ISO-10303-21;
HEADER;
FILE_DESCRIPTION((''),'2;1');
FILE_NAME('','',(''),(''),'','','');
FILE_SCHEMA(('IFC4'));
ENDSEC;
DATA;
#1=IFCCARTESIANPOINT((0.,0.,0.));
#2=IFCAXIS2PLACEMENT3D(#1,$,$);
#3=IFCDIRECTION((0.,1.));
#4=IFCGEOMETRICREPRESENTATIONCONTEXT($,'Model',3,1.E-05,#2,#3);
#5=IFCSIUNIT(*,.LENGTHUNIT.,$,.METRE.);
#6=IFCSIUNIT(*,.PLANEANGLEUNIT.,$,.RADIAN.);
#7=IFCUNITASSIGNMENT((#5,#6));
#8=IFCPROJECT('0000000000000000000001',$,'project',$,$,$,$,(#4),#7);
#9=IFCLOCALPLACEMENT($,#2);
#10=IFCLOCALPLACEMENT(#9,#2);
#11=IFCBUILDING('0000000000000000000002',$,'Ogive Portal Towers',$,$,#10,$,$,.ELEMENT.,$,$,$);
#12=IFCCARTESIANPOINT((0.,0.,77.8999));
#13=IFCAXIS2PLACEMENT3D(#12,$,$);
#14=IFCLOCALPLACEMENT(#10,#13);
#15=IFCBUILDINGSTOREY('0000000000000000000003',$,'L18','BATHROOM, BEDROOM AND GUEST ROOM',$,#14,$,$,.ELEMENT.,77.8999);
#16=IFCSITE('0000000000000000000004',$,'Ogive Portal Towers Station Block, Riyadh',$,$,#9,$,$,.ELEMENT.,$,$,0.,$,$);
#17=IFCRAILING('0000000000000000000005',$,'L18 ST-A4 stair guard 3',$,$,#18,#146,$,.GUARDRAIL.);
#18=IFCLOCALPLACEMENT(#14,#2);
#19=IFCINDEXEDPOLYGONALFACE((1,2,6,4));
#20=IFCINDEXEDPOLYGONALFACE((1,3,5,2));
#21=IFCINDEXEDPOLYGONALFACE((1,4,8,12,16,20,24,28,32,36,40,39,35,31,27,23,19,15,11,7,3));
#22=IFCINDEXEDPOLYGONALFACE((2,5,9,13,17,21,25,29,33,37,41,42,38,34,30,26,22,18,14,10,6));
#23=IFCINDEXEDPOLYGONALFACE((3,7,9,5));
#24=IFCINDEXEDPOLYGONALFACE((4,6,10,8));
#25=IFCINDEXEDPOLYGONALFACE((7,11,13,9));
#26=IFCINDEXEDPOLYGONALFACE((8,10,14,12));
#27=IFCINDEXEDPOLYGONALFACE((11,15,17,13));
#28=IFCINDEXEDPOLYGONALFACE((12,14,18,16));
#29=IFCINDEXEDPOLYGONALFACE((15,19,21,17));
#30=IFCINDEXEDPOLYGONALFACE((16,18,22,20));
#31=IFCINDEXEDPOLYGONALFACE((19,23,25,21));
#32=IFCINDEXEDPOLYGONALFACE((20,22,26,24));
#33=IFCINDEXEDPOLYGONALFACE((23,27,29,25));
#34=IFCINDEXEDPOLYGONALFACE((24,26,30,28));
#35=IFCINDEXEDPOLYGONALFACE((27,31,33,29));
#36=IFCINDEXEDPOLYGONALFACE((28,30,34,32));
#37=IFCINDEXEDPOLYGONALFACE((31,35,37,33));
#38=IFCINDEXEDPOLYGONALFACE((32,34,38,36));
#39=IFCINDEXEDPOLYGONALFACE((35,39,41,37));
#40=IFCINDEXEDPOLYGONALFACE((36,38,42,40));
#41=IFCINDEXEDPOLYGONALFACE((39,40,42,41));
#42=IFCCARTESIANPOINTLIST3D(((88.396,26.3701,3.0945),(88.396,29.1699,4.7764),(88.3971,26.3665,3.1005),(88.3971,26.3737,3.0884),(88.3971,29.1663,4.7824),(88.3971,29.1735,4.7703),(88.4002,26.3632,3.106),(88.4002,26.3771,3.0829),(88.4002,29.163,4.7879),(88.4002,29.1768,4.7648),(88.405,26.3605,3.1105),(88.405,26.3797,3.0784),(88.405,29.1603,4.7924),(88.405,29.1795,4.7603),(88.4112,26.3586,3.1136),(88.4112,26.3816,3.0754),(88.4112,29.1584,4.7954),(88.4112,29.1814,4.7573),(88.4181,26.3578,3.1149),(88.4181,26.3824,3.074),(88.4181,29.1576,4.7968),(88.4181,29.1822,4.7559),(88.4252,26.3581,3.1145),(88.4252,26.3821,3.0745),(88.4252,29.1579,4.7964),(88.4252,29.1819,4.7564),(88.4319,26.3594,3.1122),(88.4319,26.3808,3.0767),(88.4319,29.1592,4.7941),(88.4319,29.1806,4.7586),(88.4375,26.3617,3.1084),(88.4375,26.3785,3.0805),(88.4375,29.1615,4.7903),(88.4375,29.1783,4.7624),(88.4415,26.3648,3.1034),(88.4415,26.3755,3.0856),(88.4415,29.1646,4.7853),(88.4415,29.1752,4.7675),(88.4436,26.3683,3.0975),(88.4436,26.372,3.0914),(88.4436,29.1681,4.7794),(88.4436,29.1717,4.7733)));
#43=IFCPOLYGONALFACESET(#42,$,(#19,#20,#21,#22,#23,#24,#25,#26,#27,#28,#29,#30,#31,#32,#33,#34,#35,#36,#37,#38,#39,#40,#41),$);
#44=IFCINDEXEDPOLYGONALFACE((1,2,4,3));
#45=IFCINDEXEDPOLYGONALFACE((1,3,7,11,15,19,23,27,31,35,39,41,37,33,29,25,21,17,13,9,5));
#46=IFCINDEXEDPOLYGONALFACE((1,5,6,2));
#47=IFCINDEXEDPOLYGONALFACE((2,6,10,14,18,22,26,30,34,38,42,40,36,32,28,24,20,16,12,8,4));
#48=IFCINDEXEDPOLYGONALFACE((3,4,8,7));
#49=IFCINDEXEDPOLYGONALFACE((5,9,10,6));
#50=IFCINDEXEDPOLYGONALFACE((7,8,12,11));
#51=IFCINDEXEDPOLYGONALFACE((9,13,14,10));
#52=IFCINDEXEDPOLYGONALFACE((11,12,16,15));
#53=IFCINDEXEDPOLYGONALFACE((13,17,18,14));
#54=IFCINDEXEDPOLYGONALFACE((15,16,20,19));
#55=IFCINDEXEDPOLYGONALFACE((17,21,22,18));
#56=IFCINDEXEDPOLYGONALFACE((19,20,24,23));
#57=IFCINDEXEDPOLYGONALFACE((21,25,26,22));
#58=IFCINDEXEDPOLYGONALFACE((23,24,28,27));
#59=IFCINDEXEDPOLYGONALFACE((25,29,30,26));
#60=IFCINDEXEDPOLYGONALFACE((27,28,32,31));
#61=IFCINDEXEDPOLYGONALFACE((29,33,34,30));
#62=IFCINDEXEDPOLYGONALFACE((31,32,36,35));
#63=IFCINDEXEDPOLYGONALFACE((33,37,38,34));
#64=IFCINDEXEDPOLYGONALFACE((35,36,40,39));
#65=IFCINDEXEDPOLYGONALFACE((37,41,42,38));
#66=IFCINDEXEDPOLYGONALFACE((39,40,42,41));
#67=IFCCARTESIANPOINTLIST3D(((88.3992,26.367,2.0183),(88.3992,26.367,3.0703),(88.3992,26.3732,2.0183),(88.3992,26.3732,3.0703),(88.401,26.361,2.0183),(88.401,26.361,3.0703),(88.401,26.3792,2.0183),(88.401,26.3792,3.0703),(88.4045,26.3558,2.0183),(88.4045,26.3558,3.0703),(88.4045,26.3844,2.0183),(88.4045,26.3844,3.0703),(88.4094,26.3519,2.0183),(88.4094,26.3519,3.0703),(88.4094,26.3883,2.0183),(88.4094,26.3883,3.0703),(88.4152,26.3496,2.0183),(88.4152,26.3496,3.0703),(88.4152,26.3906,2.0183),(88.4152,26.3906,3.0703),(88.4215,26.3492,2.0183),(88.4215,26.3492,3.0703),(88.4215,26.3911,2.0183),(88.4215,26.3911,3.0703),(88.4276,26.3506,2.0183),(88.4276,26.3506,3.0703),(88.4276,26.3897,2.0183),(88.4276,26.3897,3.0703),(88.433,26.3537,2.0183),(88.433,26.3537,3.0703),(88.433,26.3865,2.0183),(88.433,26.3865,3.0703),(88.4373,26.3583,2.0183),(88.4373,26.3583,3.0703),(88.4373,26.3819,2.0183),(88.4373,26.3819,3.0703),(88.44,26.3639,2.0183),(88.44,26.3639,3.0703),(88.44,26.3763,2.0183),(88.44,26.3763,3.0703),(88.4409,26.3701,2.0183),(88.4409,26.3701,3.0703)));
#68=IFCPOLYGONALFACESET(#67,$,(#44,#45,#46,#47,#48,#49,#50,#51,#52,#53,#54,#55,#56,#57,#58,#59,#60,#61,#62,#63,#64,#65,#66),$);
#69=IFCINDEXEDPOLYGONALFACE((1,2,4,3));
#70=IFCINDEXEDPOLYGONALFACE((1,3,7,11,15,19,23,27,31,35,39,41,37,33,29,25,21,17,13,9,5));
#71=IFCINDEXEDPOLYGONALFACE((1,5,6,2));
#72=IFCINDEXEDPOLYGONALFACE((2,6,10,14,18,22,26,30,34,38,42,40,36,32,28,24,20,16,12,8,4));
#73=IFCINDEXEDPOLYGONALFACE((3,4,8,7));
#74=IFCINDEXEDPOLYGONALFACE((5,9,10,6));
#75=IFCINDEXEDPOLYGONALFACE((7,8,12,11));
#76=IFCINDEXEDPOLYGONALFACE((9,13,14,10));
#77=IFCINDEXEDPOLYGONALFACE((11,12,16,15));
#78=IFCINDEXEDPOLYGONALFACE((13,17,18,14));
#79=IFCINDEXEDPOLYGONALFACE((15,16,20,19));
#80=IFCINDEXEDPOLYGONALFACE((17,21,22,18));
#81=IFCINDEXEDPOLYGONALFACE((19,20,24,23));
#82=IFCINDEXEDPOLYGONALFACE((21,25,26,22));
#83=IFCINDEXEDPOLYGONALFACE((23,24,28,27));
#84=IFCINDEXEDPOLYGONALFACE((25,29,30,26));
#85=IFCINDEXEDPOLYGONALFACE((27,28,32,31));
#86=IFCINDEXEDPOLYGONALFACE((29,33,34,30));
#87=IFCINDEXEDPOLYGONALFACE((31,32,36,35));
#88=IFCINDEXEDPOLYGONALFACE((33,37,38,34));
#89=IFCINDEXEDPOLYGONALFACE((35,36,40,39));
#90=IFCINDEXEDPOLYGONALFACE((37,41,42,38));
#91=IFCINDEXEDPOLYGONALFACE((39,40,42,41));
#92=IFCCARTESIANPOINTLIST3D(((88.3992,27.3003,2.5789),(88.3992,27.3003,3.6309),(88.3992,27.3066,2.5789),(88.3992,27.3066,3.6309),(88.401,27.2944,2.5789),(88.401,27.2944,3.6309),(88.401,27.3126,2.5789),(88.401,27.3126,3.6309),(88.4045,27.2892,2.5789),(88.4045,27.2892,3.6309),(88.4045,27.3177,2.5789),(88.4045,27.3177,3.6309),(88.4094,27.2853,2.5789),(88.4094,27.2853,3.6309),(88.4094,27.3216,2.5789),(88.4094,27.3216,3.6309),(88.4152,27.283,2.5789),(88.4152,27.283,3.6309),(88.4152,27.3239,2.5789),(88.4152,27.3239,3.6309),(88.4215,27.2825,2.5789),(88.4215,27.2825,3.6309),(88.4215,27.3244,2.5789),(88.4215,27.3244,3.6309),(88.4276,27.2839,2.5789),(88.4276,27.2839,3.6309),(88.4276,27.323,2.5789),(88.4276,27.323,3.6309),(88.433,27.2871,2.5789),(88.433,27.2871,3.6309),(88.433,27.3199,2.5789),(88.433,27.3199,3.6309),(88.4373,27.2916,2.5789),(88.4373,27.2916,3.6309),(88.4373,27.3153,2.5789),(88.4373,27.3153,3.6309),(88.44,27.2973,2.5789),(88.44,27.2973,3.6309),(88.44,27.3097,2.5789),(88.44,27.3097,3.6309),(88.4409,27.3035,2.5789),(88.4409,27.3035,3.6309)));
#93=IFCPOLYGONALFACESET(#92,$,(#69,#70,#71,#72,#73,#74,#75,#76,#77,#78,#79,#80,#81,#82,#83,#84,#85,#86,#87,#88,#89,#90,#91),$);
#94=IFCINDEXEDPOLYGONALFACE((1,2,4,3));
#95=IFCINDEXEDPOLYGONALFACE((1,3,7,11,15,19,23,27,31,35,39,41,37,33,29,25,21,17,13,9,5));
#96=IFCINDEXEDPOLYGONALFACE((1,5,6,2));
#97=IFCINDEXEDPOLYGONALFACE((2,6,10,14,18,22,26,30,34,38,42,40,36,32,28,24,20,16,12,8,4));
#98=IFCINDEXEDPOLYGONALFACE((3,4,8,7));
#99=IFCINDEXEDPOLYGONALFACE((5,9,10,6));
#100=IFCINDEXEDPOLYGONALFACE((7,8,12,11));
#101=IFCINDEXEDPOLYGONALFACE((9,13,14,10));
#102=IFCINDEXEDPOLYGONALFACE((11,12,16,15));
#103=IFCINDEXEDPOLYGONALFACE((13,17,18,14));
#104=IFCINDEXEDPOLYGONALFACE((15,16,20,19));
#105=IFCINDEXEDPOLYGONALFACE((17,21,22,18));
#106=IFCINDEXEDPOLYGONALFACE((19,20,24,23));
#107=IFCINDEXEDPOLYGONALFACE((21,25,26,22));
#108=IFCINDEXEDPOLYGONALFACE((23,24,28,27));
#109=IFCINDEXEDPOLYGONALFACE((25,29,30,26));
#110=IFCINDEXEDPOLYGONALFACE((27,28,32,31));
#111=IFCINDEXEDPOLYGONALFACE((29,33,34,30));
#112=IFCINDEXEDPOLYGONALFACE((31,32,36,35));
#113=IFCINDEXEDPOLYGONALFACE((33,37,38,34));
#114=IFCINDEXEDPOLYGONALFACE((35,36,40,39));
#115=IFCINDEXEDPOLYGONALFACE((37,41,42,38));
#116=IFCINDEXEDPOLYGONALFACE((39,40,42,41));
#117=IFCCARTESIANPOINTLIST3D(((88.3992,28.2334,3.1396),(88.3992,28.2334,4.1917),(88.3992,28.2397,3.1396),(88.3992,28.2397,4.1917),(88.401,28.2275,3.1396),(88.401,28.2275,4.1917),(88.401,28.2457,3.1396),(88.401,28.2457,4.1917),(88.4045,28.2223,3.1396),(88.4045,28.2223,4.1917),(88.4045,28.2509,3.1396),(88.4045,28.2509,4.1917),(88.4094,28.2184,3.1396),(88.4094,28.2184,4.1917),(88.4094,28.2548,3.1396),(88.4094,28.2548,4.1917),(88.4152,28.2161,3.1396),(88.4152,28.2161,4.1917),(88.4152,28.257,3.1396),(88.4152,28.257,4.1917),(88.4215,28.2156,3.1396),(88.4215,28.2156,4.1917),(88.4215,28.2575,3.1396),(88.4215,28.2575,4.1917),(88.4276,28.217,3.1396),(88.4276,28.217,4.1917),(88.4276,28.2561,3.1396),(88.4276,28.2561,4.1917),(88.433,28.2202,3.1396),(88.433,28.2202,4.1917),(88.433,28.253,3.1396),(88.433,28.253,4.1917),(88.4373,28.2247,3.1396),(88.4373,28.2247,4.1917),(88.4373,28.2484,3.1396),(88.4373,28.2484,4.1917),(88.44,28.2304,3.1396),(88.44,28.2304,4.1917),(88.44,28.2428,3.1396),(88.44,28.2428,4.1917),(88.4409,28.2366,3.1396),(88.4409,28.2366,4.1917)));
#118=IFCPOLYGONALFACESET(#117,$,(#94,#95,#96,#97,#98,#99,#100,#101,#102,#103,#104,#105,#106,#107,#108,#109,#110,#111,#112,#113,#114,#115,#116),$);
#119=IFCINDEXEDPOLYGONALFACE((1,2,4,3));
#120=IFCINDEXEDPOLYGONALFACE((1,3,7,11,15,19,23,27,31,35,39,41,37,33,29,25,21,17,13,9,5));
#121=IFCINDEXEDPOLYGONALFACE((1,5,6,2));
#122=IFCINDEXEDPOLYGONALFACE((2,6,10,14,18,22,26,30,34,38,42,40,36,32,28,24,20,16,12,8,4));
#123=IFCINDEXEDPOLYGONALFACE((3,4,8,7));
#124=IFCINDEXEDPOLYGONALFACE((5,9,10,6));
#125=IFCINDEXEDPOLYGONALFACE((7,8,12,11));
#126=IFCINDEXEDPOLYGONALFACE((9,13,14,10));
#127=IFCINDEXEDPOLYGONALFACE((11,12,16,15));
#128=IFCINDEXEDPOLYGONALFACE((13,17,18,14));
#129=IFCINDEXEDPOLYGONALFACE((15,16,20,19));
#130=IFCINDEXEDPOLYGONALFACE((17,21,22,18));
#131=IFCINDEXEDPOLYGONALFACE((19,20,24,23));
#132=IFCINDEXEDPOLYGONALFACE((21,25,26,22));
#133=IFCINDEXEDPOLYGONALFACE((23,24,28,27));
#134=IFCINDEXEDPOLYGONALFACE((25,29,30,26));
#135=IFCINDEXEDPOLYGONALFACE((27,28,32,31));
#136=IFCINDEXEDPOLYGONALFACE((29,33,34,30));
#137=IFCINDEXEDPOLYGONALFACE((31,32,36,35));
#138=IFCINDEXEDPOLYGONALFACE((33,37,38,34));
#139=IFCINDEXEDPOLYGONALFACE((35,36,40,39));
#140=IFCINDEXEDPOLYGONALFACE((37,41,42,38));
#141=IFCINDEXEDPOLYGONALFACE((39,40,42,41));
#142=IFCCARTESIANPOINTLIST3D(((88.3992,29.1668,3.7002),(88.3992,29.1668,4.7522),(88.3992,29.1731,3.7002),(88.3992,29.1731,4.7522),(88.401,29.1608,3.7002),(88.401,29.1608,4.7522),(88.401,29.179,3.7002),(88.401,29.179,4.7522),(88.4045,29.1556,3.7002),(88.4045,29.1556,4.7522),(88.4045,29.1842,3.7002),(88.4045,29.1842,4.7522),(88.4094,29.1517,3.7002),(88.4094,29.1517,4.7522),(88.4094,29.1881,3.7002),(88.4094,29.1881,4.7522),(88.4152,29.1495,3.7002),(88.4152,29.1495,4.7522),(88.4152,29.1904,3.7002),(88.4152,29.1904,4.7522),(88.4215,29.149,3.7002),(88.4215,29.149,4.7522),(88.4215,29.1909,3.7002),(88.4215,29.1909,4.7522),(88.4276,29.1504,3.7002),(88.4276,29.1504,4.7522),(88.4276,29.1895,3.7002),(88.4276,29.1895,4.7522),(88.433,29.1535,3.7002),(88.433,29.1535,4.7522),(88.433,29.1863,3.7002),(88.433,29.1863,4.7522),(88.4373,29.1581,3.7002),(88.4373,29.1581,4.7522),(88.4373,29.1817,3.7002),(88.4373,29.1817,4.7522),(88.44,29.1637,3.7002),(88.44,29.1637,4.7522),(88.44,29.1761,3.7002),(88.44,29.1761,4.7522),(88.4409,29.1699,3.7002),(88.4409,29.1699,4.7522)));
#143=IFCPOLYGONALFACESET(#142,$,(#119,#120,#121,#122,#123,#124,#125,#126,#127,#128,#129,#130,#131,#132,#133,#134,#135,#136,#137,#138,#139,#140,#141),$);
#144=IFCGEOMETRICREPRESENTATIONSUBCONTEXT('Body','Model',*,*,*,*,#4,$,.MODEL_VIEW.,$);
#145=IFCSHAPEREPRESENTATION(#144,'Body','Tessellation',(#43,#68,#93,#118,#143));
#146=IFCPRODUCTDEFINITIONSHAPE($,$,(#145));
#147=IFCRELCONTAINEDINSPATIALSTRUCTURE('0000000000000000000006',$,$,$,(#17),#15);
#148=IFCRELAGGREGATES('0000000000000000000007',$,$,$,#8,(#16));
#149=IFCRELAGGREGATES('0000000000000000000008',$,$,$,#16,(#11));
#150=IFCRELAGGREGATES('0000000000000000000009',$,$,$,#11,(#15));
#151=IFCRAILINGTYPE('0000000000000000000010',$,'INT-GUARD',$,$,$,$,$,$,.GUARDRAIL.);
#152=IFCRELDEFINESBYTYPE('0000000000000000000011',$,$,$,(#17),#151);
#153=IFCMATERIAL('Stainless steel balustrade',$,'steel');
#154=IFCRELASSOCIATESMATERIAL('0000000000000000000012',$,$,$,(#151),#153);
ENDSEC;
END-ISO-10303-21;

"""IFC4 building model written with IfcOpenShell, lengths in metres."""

from ifc_helpers import new_model, si_unit, direction, frame, origin, origin_2d, place, context, subcontext, project, spatial, circle, extrude, material, type_object, element, save


model = new_model("IFC4")

# Units and contexts
model_context = context("Model", 3, precision=1e-05, world=origin(), true_north=direction((0.0, 1.0)))
body_context = subcontext(model_context, "Body", "Model", "MODEL_VIEW")
ifc_project = project(units=[si_unit("LENGTHUNIT", "METRE"), si_unit("PLANEANGLEUNIT", "RADIAN")], contexts=[model_context])

# Site, building, storey
site_placement = place(None, origin())
site = spatial("IfcSite", under=ifc_project, at=site_placement, Name="Ogive Portal Towers Station Block, Riyadh", CompositionType="ELEMENT", RefElevation=0.0)
building_placement = place(site_placement, origin())
building = spatial("IfcBuilding", under=site, at=building_placement, Name="Ogive Portal Towers", CompositionType="ELEMENT")
storey_placement = place(building_placement, frame((0.0, 0.0, 77.8999)))
storey = spatial("IfcBuildingStorey", under=building, at=storey_placement, Name="L18", Description="BATHROOM, BEDROOM AND GUEST ROOM", CompositionType="ELEMENT", Elevation=77.8999)

# Railing
ifc_material_1 = material(Name="Stainless steel balustrade", Category="steel")
railing_type_1 = type_object("IfcRailingType", Name="INT-GUARD", PredefinedType="GUARDRAIL", material=ifc_material_1)
railing_1_placement = place(storey_placement, frame((88.4199, 26.3701, 2.0183)))
element("IfcRailing", 1, at=railing_1_placement, inside=storey, type_object=railing_type_1, Name="L18 ST-A4 stair guard 3", PredefinedType="GUARDRAIL", context=body_context, shape_type="SweptSolid", body=[
    extrude(circle(Radius=0.0239, at=origin_2d()), frame((0.0, 0.0, 1.0762), z_axis=(0.0, 0.857222, 0.514946), x_axis=(-1.0, 0.0, 0.0)), (0.0, 0.0, 1.0), 3.2661),
    extrude(circle(Radius=0.021, at=origin_2d()), origin(), (0.0, 0.0, 1.0), 1.052),
    extrude(circle(Radius=0.021, at=origin_2d()), frame((0.0, 0.9333, 0.5605)), (0.0, 0.0, 1.0), 1.052),
    extrude(circle(Radius=0.021, at=origin_2d()), frame((0.0, 1.8665, 1.1213)), (0.0, 0.0, 1.0), 1.052),
    extrude(circle(Radius=0.021, at=origin_2d()), frame((0.0, 2.7998, 1.6819)), (0.0, 0.0, 1.0), 1.052),
])

save(model, "model.ifc")
